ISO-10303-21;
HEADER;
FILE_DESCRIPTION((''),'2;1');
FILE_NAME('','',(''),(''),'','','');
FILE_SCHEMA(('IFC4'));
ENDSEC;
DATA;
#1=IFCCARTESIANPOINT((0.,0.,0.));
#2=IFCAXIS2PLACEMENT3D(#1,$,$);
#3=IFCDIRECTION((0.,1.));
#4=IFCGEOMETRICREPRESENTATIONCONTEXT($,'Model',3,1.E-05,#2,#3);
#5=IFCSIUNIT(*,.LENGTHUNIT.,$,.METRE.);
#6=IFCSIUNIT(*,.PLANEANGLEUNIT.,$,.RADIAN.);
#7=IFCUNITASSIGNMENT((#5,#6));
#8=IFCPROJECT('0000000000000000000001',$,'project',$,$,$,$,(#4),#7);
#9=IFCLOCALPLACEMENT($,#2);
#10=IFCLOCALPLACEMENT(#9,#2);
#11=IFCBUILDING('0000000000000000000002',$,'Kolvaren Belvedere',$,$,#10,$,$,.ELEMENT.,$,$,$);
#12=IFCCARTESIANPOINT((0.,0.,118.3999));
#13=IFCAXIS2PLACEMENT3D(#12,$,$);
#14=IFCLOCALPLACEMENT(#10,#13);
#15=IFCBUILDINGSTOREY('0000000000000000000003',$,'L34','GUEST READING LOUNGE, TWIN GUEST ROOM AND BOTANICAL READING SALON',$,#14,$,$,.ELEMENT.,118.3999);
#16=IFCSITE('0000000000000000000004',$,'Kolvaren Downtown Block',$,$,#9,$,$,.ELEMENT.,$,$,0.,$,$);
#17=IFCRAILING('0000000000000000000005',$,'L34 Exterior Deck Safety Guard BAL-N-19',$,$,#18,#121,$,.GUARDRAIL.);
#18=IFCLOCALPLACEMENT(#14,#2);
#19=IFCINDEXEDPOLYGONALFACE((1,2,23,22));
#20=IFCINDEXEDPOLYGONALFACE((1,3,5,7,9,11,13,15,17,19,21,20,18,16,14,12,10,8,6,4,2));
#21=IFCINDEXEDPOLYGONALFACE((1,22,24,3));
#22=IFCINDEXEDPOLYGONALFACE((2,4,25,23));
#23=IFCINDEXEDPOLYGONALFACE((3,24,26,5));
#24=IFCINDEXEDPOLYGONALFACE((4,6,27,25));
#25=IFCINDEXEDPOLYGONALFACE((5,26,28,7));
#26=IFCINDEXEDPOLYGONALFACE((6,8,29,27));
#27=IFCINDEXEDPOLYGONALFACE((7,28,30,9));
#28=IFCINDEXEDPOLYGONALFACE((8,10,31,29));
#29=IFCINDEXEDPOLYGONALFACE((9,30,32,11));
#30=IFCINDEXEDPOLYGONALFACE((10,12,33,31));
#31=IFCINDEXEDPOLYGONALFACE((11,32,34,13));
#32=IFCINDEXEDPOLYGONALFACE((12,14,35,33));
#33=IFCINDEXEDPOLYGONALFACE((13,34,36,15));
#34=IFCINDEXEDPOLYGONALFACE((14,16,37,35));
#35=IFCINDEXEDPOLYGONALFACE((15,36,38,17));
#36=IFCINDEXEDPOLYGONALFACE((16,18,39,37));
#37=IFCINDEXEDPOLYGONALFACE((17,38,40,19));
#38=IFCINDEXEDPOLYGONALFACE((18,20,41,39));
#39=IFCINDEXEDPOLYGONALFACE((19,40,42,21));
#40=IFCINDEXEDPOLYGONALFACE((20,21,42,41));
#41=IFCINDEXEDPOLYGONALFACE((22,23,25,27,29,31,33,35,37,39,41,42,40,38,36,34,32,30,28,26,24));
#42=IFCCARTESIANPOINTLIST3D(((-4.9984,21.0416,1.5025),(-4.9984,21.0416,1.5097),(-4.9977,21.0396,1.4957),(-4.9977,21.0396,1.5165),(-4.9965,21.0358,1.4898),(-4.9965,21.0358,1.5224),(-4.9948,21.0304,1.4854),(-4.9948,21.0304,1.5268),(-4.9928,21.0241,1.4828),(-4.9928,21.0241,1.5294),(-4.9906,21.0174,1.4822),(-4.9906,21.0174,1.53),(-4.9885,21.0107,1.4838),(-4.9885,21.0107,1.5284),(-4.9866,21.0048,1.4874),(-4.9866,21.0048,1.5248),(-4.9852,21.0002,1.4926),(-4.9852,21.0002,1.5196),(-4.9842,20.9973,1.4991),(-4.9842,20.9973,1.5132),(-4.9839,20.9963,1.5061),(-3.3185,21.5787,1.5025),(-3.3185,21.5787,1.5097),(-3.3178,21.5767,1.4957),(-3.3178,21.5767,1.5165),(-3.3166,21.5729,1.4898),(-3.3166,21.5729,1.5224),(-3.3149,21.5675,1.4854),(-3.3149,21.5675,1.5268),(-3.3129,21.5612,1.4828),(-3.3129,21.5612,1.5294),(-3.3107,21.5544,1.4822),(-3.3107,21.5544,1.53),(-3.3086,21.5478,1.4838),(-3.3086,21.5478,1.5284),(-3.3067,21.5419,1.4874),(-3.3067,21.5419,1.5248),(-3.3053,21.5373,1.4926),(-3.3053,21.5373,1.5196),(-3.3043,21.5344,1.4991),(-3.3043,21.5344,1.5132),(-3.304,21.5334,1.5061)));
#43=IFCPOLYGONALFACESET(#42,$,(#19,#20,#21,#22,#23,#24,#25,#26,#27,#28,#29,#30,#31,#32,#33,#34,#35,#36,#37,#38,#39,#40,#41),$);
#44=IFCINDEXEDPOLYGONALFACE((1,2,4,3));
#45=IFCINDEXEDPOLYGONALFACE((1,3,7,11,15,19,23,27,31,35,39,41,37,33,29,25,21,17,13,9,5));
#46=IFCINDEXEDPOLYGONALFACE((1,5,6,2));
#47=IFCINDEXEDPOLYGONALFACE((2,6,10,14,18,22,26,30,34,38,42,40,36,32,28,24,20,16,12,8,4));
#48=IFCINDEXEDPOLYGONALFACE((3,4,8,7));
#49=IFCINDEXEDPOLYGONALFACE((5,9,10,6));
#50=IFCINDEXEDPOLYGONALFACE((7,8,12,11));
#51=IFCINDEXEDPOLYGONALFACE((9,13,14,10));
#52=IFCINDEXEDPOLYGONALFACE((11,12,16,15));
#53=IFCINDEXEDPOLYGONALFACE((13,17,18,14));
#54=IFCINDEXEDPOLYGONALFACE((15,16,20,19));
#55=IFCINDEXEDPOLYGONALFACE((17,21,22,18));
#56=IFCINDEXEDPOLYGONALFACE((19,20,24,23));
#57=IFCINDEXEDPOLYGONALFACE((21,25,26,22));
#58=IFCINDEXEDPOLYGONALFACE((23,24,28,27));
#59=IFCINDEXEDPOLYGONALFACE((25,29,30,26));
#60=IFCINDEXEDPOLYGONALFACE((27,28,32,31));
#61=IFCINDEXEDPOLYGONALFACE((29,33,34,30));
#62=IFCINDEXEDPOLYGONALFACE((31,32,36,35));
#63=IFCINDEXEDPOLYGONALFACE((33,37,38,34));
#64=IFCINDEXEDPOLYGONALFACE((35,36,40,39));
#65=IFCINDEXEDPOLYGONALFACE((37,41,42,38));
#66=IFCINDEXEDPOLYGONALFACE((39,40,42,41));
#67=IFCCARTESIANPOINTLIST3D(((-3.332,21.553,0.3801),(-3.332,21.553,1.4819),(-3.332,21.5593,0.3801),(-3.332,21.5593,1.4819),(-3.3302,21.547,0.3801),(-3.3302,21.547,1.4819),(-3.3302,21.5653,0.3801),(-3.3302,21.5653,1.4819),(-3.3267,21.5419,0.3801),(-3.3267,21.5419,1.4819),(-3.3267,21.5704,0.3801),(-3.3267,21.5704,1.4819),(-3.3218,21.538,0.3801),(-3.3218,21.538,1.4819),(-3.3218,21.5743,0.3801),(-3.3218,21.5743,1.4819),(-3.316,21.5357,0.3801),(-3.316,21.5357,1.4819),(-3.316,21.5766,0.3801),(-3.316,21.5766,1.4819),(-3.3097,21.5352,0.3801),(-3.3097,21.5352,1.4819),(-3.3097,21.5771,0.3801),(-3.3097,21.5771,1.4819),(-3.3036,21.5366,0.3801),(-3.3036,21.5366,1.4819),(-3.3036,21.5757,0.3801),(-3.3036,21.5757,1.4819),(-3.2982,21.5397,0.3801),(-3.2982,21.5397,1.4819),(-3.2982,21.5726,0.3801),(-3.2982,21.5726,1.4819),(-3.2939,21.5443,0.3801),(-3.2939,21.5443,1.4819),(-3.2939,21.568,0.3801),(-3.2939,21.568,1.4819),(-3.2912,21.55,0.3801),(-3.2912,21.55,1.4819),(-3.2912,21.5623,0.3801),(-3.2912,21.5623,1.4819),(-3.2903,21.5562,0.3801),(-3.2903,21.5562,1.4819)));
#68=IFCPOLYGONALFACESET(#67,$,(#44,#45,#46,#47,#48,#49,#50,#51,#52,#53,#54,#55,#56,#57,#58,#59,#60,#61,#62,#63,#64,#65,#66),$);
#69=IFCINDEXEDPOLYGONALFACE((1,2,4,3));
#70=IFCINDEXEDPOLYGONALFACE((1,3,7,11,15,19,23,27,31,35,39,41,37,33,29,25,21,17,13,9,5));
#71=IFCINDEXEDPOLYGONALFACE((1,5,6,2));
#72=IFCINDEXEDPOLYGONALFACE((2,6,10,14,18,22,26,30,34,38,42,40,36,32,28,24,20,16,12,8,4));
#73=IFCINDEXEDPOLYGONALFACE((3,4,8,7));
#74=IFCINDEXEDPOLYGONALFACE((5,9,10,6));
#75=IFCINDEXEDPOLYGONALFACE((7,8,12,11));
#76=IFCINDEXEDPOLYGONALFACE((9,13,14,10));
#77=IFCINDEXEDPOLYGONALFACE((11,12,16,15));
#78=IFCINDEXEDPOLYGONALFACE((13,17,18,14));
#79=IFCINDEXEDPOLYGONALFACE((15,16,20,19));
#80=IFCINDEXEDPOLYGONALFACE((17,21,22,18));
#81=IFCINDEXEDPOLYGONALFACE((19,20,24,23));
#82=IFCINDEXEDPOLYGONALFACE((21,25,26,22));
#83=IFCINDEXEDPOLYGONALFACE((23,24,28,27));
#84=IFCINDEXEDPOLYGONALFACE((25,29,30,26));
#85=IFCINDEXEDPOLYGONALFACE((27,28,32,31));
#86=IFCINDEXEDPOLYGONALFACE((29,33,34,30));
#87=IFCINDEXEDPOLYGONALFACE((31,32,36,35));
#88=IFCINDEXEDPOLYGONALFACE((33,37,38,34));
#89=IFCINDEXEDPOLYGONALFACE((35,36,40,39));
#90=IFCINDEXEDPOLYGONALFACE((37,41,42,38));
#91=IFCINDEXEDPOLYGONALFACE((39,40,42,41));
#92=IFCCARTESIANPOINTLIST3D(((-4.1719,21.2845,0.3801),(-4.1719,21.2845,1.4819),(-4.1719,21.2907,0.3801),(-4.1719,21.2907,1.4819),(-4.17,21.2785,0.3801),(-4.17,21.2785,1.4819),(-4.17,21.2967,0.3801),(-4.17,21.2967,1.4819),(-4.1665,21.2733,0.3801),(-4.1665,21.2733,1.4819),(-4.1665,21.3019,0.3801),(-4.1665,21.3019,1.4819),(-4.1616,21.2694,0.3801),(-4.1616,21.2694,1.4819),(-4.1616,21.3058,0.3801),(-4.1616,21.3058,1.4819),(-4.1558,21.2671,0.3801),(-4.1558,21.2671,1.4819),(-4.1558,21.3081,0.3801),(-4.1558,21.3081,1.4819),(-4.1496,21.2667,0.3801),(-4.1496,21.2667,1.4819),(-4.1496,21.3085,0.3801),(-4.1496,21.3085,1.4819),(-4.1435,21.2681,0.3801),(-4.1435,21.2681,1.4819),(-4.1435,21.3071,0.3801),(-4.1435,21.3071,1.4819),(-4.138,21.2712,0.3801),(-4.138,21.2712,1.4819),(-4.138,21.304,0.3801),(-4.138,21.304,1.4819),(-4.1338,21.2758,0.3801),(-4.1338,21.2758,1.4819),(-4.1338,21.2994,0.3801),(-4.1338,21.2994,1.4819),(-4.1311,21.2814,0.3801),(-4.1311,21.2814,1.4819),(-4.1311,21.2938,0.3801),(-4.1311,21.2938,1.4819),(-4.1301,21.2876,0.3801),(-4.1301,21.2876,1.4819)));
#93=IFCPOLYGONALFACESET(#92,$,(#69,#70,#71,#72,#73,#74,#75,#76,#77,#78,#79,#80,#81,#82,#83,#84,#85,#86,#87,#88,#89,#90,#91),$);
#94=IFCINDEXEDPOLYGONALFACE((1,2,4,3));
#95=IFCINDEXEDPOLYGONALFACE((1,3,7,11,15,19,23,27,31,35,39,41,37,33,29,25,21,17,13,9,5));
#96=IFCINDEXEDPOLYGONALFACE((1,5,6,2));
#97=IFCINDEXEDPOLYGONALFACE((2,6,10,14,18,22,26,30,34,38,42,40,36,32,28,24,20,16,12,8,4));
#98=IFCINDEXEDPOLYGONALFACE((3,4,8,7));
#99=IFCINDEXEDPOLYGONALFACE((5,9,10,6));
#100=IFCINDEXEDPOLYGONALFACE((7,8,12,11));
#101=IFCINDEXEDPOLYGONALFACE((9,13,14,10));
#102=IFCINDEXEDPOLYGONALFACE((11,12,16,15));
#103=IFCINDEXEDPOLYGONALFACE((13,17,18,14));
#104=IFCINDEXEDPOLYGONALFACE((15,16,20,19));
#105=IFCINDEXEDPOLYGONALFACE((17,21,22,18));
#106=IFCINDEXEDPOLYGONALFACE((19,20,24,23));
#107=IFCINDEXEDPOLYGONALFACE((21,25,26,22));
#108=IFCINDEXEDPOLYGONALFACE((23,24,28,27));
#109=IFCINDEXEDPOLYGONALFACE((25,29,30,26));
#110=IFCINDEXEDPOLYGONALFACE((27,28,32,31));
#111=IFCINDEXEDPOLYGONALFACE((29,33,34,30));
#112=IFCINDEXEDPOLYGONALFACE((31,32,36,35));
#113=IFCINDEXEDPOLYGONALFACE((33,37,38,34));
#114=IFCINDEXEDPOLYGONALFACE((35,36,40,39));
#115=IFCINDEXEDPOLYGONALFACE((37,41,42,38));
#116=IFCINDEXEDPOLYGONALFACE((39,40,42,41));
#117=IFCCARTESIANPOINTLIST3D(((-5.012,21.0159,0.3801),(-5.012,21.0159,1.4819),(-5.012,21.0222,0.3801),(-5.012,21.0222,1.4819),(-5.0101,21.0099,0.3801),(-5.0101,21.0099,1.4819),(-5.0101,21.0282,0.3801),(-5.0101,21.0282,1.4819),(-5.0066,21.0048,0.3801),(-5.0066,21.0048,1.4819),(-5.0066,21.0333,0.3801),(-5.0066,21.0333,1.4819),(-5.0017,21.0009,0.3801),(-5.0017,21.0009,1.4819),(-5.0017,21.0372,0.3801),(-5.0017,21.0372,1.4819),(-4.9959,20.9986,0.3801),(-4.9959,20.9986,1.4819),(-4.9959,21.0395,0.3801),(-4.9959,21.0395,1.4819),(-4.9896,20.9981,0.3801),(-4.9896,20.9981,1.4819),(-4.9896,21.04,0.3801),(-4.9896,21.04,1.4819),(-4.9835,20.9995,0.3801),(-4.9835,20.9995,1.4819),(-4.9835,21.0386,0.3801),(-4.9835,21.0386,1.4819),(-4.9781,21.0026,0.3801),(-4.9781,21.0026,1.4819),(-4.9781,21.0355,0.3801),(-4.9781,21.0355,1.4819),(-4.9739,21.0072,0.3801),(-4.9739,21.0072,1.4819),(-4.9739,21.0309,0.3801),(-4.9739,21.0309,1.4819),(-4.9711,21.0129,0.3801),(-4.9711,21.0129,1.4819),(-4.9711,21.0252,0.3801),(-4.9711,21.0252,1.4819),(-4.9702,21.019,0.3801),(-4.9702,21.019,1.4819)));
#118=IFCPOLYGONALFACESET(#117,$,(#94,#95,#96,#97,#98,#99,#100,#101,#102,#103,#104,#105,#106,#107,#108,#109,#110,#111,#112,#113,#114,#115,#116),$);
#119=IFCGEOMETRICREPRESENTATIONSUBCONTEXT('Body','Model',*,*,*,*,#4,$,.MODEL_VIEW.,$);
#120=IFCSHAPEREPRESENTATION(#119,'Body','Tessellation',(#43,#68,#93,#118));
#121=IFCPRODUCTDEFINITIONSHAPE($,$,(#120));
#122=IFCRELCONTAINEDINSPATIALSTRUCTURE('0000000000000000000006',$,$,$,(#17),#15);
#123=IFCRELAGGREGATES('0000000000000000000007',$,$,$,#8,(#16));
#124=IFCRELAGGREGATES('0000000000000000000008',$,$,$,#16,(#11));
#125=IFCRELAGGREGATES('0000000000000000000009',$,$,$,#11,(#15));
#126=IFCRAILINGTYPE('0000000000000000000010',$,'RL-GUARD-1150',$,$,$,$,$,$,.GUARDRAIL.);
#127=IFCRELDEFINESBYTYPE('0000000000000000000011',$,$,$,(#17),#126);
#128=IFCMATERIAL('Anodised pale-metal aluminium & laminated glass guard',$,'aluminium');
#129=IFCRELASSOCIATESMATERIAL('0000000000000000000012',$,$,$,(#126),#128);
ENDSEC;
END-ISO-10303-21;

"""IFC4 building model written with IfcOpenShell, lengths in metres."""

from ifc_helpers import new_model, si_unit, direction, frame, origin, origin_2d, place, context, subcontext, project, spatial, circle, extrude, material, type_object, element, save


model = new_model("IFC4")

# Units and contexts
model_context = context("Model", 3, precision=1e-05, world=origin(), true_north=direction((0.0, 1.0)))
body_context = subcontext(model_context, "Body", "Model", "MODEL_VIEW")
ifc_project = project(units=[si_unit("LENGTHUNIT", "METRE"), si_unit("PLANEANGLEUNIT", "RADIAN")], contexts=[model_context])

# Site, building, storey
site_placement = place(None, origin())
site = spatial("IfcSite", under=ifc_project, at=site_placement, Name="Kolvaren Downtown Block", CompositionType="ELEMENT", RefElevation=0.0)
building_placement = place(site_placement, origin())
building = spatial("IfcBuilding", under=site, at=building_placement, Name="Kolvaren Belvedere", CompositionType="ELEMENT")
storey_placement = place(building_placement, frame((0.0, 0.0, 118.3999)))
storey = spatial("IfcBuildingStorey", under=building, at=storey_placement, Name="L34", Description="GUEST READING LOUNGE, TWIN GUEST ROOM AND BOTANICAL READING SALON", CompositionType="ELEMENT", Elevation=118.3999)

# Railing
ifc_material_1 = material(Name="Anodised pale-metal aluminium & laminated glass guard", Category="aluminium")
railing_type = type_object("IfcRailingType", Name="RL-GUARD-1150", PredefinedType="GUARDRAIL", material=ifc_material_1)
railing_1_placement = place(storey_placement, frame((-3.3113, 21.5562, 0.3801)))
element("IfcRailing", 1, at=railing_1_placement, inside=storey, type_object=railing_type, Name="L34 Exterior Deck Safety Guard BAL-N-19", PredefinedType="GUARDRAIL", context=body_context, shape_type="SweptSolid", body=[
    extrude(circle(Radius=0.0239, at=origin_2d()), frame((0.0, 0.0, 1.126), z_axis=(-0.952501, -0.304535, 0.0), x_axis=(0.304535, -0.952501, 0.0)), (0.0, 0.0, 1.0), 1.7637),
    extrude(circle(Radius=0.021, at=origin_2d()), origin(), (0.0, 0.0, 1.0), 1.1018),
    extrude(circle(Radius=0.021, at=origin_2d()), frame((-0.8398, -0.2686, 0.0)), (0.0, 0.0, 1.0), 1.1018),
    extrude(circle(Radius=0.021, at=origin_2d()), frame((-1.6799, -0.5371, 0.0)), (0.0, 0.0, 1.0), 1.1018),
])

save(model, "model.ifc")
